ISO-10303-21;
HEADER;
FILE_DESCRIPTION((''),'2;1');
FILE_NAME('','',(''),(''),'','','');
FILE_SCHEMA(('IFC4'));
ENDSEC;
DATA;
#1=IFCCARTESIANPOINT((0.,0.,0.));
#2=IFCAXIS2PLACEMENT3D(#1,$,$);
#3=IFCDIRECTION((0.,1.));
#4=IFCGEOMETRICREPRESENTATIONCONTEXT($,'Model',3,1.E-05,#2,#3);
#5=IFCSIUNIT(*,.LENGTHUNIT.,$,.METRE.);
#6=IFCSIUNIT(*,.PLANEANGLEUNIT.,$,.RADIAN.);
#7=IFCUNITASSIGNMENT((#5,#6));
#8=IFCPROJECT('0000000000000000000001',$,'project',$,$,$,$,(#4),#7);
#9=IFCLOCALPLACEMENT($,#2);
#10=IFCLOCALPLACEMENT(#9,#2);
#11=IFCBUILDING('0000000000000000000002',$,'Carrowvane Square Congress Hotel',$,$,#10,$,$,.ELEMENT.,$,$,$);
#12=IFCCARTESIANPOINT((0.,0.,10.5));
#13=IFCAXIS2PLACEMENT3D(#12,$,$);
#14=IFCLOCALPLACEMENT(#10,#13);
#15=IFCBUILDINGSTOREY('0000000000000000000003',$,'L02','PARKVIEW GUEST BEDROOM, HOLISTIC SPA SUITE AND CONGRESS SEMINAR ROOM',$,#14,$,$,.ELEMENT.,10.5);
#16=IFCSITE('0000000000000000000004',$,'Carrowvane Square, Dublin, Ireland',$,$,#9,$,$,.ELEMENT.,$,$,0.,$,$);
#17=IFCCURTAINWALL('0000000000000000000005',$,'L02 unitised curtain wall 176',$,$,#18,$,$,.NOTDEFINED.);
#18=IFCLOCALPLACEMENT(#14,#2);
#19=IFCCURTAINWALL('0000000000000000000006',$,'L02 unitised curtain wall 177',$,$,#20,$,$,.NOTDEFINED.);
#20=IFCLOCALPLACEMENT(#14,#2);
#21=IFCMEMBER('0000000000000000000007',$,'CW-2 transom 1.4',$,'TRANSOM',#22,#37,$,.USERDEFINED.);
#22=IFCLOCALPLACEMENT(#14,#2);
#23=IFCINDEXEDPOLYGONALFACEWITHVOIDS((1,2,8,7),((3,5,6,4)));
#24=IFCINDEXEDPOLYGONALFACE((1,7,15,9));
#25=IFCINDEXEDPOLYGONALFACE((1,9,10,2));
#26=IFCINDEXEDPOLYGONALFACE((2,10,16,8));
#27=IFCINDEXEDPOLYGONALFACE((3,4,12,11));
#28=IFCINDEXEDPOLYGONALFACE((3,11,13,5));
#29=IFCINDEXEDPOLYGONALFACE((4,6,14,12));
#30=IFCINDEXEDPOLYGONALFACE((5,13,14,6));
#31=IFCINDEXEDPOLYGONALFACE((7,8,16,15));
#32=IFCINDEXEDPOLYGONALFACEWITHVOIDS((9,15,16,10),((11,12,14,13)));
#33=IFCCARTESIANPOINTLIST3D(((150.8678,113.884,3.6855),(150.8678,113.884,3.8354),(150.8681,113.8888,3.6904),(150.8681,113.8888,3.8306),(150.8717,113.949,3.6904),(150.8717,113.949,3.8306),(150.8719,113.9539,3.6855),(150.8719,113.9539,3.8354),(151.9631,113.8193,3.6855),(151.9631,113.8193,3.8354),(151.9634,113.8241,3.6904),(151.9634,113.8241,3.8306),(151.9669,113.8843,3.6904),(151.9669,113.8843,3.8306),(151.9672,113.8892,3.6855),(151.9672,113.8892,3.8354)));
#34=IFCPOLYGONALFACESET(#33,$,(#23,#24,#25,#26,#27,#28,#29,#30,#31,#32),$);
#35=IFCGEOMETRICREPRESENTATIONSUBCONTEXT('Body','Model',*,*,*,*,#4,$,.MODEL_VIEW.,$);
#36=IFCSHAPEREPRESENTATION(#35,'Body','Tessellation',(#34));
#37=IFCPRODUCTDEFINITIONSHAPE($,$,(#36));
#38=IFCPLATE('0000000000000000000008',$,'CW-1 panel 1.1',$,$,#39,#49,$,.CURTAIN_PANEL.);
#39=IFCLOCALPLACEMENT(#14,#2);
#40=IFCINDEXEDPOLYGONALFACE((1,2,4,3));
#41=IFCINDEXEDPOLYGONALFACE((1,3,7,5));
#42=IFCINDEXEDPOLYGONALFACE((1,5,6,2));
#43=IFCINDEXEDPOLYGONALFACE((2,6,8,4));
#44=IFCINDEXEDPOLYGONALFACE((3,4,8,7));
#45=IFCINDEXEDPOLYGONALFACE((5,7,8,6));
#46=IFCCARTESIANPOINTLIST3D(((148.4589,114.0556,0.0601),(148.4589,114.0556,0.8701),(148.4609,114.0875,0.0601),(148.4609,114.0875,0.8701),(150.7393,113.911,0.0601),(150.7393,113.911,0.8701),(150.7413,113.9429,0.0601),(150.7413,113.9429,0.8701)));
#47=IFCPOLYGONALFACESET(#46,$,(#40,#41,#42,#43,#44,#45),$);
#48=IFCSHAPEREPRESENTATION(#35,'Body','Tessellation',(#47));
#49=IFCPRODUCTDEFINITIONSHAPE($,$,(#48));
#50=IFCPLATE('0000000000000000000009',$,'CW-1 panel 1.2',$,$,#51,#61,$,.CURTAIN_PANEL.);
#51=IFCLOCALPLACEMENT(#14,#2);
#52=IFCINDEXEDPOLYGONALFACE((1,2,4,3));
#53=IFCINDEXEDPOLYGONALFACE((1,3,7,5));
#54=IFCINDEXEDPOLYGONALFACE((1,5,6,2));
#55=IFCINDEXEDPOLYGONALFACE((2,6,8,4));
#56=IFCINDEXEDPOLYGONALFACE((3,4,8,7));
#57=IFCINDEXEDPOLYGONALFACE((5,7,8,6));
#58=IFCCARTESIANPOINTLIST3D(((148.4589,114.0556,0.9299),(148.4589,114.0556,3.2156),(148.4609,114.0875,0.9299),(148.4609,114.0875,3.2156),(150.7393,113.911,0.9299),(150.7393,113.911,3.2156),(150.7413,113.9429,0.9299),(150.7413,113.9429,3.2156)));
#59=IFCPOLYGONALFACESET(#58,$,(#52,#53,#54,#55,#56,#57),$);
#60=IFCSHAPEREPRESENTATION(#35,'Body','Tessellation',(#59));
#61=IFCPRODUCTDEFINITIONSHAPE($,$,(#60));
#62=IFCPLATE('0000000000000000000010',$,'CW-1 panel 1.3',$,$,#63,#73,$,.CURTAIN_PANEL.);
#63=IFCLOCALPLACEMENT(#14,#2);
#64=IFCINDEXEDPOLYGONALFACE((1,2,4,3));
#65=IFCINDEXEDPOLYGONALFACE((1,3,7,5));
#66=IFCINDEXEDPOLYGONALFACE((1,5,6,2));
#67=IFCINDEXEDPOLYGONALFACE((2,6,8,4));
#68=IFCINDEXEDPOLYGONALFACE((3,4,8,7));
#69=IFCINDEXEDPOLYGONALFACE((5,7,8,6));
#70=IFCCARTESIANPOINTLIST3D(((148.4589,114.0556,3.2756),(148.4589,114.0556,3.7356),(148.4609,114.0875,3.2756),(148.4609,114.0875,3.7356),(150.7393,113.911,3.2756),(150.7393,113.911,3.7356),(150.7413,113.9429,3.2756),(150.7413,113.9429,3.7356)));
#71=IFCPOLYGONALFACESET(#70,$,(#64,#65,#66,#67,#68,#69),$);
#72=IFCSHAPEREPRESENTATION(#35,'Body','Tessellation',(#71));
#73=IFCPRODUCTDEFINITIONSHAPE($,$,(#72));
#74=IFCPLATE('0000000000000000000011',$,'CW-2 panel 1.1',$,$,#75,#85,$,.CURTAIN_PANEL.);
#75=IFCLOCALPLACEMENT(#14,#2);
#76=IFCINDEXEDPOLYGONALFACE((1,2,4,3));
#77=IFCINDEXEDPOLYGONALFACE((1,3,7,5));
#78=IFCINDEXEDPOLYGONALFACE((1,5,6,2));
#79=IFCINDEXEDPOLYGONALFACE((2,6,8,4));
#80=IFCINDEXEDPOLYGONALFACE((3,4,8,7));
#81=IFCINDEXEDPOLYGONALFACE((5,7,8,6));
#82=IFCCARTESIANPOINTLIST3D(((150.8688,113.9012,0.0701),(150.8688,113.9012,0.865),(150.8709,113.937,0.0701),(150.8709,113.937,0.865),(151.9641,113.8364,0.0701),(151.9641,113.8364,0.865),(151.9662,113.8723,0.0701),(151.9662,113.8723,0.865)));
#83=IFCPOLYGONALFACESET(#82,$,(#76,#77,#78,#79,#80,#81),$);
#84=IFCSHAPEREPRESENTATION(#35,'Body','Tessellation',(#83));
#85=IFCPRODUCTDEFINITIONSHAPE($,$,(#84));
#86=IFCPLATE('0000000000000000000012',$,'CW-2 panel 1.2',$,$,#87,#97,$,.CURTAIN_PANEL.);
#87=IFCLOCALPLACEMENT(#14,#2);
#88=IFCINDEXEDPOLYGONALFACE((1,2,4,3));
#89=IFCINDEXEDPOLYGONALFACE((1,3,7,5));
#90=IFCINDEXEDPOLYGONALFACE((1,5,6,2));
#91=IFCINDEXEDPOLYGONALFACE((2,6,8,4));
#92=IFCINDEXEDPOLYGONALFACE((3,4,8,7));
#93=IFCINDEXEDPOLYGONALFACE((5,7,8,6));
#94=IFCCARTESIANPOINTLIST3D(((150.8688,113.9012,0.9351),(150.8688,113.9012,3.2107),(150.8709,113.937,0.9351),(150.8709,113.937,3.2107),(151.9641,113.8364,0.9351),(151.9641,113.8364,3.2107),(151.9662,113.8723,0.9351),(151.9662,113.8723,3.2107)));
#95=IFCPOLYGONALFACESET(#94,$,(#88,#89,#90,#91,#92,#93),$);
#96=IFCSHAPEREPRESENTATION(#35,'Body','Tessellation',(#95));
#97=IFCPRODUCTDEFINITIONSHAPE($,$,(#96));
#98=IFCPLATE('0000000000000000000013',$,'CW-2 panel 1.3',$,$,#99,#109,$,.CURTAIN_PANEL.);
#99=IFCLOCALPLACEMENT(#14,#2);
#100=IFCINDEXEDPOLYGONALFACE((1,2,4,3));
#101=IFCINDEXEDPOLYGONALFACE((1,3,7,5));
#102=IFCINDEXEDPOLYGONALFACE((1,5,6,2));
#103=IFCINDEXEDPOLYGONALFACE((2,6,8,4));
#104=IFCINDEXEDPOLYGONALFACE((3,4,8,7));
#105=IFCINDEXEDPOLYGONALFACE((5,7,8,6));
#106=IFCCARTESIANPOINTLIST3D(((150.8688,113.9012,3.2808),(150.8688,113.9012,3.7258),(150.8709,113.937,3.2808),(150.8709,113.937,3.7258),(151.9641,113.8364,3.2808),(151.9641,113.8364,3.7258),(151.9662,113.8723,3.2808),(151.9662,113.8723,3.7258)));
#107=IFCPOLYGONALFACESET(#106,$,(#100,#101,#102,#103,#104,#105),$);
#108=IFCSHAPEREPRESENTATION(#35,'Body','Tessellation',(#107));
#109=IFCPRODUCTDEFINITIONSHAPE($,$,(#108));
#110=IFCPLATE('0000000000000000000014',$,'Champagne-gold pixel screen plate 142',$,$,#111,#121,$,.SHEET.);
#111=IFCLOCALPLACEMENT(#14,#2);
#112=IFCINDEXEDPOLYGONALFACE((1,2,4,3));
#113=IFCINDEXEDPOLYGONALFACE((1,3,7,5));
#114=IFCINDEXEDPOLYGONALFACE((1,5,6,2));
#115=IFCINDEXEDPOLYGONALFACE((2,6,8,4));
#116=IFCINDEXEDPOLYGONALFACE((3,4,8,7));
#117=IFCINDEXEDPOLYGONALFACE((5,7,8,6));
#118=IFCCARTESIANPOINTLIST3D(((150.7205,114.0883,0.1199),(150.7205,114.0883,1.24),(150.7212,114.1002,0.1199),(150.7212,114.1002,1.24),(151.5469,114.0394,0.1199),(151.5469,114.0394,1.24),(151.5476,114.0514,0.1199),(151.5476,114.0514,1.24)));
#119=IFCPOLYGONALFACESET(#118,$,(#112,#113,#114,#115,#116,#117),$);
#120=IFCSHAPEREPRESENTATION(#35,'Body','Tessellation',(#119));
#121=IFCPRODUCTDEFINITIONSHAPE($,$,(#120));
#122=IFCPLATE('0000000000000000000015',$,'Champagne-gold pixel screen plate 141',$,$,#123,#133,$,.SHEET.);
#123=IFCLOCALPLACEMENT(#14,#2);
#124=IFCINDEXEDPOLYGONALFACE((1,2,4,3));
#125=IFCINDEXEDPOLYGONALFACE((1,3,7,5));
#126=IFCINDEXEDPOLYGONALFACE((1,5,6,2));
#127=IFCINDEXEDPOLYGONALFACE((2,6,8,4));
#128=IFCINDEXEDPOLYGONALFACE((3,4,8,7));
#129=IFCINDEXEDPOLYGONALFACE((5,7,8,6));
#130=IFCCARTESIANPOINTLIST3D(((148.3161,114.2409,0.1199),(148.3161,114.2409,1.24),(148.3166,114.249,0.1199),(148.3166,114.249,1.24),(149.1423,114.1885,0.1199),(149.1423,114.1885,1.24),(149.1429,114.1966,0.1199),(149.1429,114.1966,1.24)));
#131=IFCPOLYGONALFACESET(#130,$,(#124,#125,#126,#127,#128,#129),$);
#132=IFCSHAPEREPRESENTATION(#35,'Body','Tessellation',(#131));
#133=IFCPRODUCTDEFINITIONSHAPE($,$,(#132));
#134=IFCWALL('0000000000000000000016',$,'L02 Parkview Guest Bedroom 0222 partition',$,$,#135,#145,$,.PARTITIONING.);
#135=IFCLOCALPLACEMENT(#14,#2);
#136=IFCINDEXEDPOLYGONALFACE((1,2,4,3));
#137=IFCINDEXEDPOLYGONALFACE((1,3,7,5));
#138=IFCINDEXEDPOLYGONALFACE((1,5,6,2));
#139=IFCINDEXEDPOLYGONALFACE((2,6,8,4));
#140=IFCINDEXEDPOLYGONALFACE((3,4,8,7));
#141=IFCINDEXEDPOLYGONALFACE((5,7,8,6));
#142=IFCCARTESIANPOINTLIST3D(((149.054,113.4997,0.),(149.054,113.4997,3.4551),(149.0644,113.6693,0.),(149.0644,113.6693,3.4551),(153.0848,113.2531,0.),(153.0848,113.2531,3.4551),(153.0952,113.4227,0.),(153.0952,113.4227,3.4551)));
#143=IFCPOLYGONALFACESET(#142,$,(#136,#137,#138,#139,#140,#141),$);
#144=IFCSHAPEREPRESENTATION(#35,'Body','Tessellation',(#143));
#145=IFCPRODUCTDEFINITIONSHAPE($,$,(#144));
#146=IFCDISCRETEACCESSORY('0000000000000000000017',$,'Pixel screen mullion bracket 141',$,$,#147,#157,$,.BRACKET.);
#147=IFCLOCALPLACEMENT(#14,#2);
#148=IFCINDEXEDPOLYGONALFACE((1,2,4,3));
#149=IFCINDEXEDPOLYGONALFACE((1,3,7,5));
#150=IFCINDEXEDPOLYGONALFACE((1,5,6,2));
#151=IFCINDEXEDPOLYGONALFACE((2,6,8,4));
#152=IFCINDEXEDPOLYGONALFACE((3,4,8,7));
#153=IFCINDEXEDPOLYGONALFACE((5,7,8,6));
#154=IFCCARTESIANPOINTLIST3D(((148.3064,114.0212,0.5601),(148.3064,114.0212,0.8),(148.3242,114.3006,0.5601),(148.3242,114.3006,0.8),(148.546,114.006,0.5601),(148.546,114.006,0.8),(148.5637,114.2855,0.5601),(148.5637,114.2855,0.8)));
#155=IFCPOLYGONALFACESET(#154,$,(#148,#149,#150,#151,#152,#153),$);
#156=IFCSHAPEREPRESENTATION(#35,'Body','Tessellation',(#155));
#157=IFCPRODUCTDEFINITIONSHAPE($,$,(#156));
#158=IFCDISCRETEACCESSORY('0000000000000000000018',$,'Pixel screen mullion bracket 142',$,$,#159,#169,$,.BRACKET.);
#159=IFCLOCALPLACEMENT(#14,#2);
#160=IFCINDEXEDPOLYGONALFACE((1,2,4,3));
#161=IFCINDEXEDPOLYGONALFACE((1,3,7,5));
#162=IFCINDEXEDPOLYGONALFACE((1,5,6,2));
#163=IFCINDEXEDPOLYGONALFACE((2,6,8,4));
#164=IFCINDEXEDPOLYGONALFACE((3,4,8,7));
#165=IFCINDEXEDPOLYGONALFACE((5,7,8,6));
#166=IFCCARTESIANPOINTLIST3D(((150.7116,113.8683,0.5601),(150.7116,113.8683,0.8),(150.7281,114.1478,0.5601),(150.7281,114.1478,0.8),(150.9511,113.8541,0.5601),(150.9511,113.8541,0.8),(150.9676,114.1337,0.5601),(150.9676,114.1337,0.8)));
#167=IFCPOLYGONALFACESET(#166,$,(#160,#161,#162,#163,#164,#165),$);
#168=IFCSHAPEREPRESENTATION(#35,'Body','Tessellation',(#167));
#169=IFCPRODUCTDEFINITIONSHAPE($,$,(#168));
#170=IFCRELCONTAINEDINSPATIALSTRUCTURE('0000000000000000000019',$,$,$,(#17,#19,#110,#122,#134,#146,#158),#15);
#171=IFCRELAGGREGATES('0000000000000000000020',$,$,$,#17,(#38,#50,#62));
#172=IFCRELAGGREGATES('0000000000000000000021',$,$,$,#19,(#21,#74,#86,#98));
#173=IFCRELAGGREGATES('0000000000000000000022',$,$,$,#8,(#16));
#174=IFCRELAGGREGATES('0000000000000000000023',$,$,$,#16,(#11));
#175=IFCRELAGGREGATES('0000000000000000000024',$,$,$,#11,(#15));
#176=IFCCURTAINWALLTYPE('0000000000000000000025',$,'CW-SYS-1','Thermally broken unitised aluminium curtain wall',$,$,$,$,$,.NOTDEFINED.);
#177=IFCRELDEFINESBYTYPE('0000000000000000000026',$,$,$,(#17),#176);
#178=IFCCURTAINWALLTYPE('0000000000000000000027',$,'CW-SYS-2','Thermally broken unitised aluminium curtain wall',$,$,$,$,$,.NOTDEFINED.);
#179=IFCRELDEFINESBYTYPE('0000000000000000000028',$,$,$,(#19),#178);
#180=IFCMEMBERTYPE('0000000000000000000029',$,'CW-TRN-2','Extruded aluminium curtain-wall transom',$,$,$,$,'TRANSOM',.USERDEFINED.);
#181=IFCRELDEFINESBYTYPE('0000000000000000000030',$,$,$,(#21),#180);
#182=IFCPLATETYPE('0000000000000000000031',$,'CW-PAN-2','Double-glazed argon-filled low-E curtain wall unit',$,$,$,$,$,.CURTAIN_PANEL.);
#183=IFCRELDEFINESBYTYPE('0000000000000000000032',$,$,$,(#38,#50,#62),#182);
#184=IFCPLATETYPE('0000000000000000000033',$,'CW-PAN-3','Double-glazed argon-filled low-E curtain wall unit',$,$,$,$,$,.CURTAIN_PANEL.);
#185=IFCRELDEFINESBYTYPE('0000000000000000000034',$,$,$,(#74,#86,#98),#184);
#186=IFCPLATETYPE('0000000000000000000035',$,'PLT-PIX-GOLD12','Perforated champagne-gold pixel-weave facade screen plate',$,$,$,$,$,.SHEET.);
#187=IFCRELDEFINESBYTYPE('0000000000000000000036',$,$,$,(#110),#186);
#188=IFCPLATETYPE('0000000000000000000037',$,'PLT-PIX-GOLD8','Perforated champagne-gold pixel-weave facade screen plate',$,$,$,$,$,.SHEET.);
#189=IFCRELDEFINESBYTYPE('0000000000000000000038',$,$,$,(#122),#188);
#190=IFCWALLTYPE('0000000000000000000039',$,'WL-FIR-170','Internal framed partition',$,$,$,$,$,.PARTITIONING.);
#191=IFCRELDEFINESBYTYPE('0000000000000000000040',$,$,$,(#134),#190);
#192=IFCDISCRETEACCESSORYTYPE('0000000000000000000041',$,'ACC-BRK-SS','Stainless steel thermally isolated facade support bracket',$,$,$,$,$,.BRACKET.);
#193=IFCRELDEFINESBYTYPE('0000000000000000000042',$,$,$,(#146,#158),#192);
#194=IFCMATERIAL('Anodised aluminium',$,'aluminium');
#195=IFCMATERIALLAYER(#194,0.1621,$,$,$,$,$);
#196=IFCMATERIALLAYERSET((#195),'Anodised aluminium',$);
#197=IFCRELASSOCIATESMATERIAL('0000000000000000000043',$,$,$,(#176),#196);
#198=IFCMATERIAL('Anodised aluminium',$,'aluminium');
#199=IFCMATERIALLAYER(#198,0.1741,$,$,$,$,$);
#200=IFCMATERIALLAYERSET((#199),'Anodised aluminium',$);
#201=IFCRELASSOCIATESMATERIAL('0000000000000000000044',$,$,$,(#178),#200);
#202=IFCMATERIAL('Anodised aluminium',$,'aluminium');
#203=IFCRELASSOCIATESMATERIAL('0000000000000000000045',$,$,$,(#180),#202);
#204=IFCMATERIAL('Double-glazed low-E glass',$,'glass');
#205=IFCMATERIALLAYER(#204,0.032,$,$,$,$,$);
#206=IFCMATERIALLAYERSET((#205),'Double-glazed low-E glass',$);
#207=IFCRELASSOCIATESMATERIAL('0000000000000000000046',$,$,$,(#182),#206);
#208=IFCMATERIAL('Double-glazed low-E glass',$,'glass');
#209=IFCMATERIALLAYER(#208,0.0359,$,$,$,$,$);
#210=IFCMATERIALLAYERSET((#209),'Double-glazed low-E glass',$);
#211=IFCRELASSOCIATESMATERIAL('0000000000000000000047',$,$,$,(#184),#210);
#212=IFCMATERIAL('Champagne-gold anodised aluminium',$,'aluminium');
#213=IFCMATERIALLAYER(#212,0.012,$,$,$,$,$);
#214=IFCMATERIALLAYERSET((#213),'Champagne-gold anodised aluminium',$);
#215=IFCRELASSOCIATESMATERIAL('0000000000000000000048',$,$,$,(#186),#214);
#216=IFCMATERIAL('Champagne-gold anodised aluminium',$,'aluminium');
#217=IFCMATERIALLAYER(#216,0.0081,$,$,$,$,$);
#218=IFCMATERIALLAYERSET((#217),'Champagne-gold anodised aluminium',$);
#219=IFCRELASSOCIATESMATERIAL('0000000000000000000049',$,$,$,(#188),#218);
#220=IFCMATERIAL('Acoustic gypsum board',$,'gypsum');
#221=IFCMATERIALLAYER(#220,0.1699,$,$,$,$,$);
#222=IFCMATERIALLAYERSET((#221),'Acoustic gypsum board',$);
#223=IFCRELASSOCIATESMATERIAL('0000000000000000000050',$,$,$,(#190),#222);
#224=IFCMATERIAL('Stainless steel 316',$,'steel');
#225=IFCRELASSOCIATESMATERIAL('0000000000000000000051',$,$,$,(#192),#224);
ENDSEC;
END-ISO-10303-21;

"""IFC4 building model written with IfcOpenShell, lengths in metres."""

from ifc_helpers import new_model, si_unit, direction, frame, frame_2d, origin, origin_2d, place, context, subcontext, project, spatial, rectangle, hollow_rectangle, extrude, material, layer, layer_set, material_profile, profile_set, type_object, element, aggregate, save


model = new_model("IFC4")

# Units and contexts
model_context = context("Model", 3, precision=1e-05, world=origin(), true_north=direction((0.0, 1.0)))
body_context = subcontext(model_context, "Body", "Model", "MODEL_VIEW")
ifc_project = project(units=[si_unit("LENGTHUNIT", "METRE"), si_unit("PLANEANGLEUNIT", "RADIAN")], contexts=[model_context])

# Site, building, storey
site_placement = place(None, origin())
site = spatial("IfcSite", under=ifc_project, at=site_placement, Name="Carrowvane Square, Dublin, Ireland", CompositionType="ELEMENT", RefElevation=0.0)
building_placement = place(site_placement, origin())
building = spatial("IfcBuilding", under=site, at=building_placement, Name="Carrowvane Square Congress Hotel", CompositionType="ELEMENT")
storey_placement = place(building_placement, frame((0.0, 0.0, 10.5)))
storey = spatial("IfcBuildingStorey", under=building, at=storey_placement, Name="L02", Description="PARKVIEW GUEST BEDROOM, HOLISTIC SPA SUITE AND CONGRESS SEMINAR ROOM", CompositionType="ELEMENT", Elevation=10.5)

# Curtain wall
ifc_material_1 = material(Name="Anodised aluminium", Category="aluminium")
ifc_layer_1 = layer(ifc_material_1, 0.1621)
ifc_layer_set_1 = layer_set([ifc_layer_1], Name="Anodised aluminium")
curtain_wall_type_1 = type_object("IfcCurtainWallType", Name="CW-SYS-1", Description="Thermally broken unitised aluminium curtain wall", PredefinedType="NOTDEFINED", material=ifc_layer_set_1)
curtain_wall_1_placement = place(storey_placement, origin())
curtain_wall_1 = element("IfcCurtainWall", 1, at=curtain_wall_1_placement, inside=storey, type_object=curtain_wall_type_1, Name="L02 unitised curtain wall 176", PredefinedType="NOTDEFINED")

# Curtain wall
ifc_material_2 = material(Name="Anodised aluminium", Category="aluminium")
ifc_layer_2 = layer(ifc_material_2, 0.1741)
ifc_layer_set_2 = layer_set([ifc_layer_2], Name="Anodised aluminium")
curtain_wall_type_2 = type_object("IfcCurtainWallType", Name="CW-SYS-2", Description="Thermally broken unitised aluminium curtain wall", PredefinedType="NOTDEFINED", material=ifc_layer_set_2)
curtain_wall_2_placement = place(storey_placement, origin())
curtain_wall_2 = element("IfcCurtainWall", 2, at=curtain_wall_2_placement, inside=storey, type_object=curtain_wall_type_2, Name="L02 unitised curtain wall 177", PredefinedType="NOTDEFINED")

# Member
ifc_material_3 = material(Name="Anodised aluminium", Category="aluminium")
ifc_material_profile_1 = material_profile(ifc_material_3, hollow_rectangle(XDim=0.0701, YDim=0.1499, WallThickness=0.0049, at=origin_2d()), Name="CW-TR 70x150x5")
ifc_profile_set_1 = profile_set([ifc_material_profile_1], Name="Anodised aluminium")
member_type_1 = type_object("IfcMemberType", Name="CW-TRN-2", Description="Extruded aluminium curtain-wall transom", ElementType="TRANSOM", PredefinedType="USERDEFINED", material=ifc_profile_set_1)
member_1_placement = place(storey_placement, frame((150.8699, 113.9189, 3.7605), z_axis=(0.99826, -0.05897, 0.0), x_axis=(0.05897, 0.99826, 0.0)))
member_1 = element("IfcMember", 3, at=member_1_placement, type_object=member_type_1, Name="CW-2 transom 1.4", ObjectType="TRANSOM", PredefinedType="USERDEFINED", context=body_context, shape_type="SweptSolid", body=[
    extrude(hollow_rectangle(XDim=0.0701, YDim=0.1499, WallThickness=0.0049, at=origin_2d()), origin(), (0.0, 0.0, 1.0), 1.0972),
])

# Plates
ifc_material_4 = material(Name="Double-glazed low-E glass", Category="glass")
ifc_layer_3 = layer(ifc_material_4, 0.032)
ifc_layer_set_3 = layer_set([ifc_layer_3], Name="Double-glazed low-E glass")
plate_type_1 = type_object("IfcPlateType", Name="CW-PAN-2", Description="Double-glazed argon-filled low-E curtain wall unit", PredefinedType="CURTAIN_PANEL", material=ifc_layer_set_3)
plate_1_placement = place(storey_placement, frame((149.6001, 113.9993, 0.0601), z_axis=(0.0, 0.0, 1.0), x_axis=(0.997996, -0.063273, 0.0)))
plate_1 = element("IfcPlate", 4, at=plate_1_placement, type_object=plate_type_1, Name="CW-1 panel 1.1", PredefinedType="CURTAIN_PANEL", context=body_context, shape_type="SweptSolid", body=[
    extrude(rectangle(XDim=2.2849, YDim=0.032, at=origin_2d()), origin(), (0.0, 0.0, 1.0), 0.8101),
])
plate_2_placement = place(storey_placement, frame((149.6001, 113.9993, 0.9299), z_axis=(0.0, 0.0, 1.0), x_axis=(0.997996, -0.063273, 0.0)))
plate_2 = element("IfcPlate", 5, at=plate_2_placement, type_object=plate_type_1, Name="CW-1 panel 1.2", PredefinedType="CURTAIN_PANEL", context=body_context, shape_type="SweptSolid", body=[
    extrude(rectangle(XDim=2.2849, YDim=0.032, at=origin_2d()), origin(), (0.0, 0.0, 1.0), 2.2856),
])
plate_3_placement = place(storey_placement, frame((149.6001, 113.9993, 3.2756), z_axis=(0.0, 0.0, 1.0), x_axis=(0.997996, -0.063273, 0.0)))
plate_3 = element("IfcPlate", 6, at=plate_3_placement, type_object=plate_type_1, Name="CW-1 panel 1.3", PredefinedType="CURTAIN_PANEL", context=body_context, shape_type="SweptSolid", body=[
    extrude(rectangle(XDim=2.2849, YDim=0.032, at=origin_2d()), origin(), (0.0, 0.0, 1.0), 0.46),
])
aggregate(curtain_wall_1, [plate_1, plate_2, plate_3])
ifc_material_5 = material(Name="Double-glazed low-E glass", Category="glass")
ifc_layer_4 = layer(ifc_material_5, 0.0359)
ifc_layer_set_4 = layer_set([ifc_layer_4], Name="Double-glazed low-E glass")
plate_type_2 = type_object("IfcPlateType", Name="CW-PAN-3", Description="Double-glazed argon-filled low-E curtain wall unit", PredefinedType="CURTAIN_PANEL", material=ifc_layer_set_4)
plate_4_placement = place(storey_placement, frame((151.4175, 113.8867, 0.0701), z_axis=(0.0, 0.0, 1.0), x_axis=(0.998259, -0.058989, 0.0)))
plate_4 = element("IfcPlate", 7, at=plate_4_placement, type_object=plate_type_2, Name="CW-2 panel 1.1", PredefinedType="CURTAIN_PANEL", context=body_context, shape_type="SweptSolid", body=[
    extrude(rectangle(XDim=1.0972, YDim=0.0359, at=origin_2d()), origin(), (0.0, 0.0, 1.0), 0.7949),
])
plate_5_placement = place(storey_placement, frame((151.4175, 113.8867, 0.9351), z_axis=(0.0, 0.0, 1.0), x_axis=(0.998259, -0.058989, 0.0)))
plate_5 = element("IfcPlate", 8, at=plate_5_placement, type_object=plate_type_2, Name="CW-2 panel 1.2", PredefinedType="CURTAIN_PANEL", context=body_context, shape_type="SweptSolid", body=[
    extrude(rectangle(XDim=1.0972, YDim=0.0359, at=origin_2d()), origin(), (0.0, 0.0, 1.0), 2.2756),
])
plate_6_placement = place(storey_placement, frame((151.4175, 113.8867, 3.2808), z_axis=(0.0, 0.0, 1.0), x_axis=(0.998259, -0.058989, 0.0)))
plate_6 = element("IfcPlate", 9, at=plate_6_placement, type_object=plate_type_2, Name="CW-2 panel 1.3", PredefinedType="CURTAIN_PANEL", context=body_context, shape_type="SweptSolid", body=[
    extrude(rectangle(XDim=1.0972, YDim=0.0359, at=origin_2d()), origin(), (0.0, 0.0, 1.0), 0.4451),
])
aggregate(curtain_wall_2, [member_1, plate_4, plate_5, plate_6])

# Plates
ifc_material_6 = material(Name="Champagne-gold anodised aluminium", Category="aluminium")
ifc_layer_5 = layer(ifc_material_6, 0.012)
ifc_layer_set_5 = layer_set([ifc_layer_5], Name="Champagne-gold anodised aluminium")
plate_type_3 = type_object("IfcPlateType", Name="PLT-PIX-GOLD12", Description="Perforated champagne-gold pixel-weave facade screen plate", PredefinedType="SHEET", material=ifc_layer_set_5)
plate_7_placement = place(storey_placement, frame((151.134, 114.0698, 0.1199), z_axis=(0.0, 0.0, 1.0), x_axis=(0.998259, -0.058985, 0.0)))
element("IfcPlate", 10, at=plate_7_placement, inside=storey, type_object=plate_type_3, Name="Champagne-gold pixel screen plate 142", PredefinedType="SHEET", context=body_context, shape_type="SweptSolid", body=[
    extrude(rectangle(XDim=0.8279, YDim=0.012, at=origin_2d()), origin(), (0.0, 0.0, 1.0), 1.1201),
])
ifc_material_7 = material(Name="Champagne-gold anodised aluminium", Category="aluminium")
ifc_layer_6 = layer(ifc_material_7, 0.0081)
ifc_layer_set_6 = layer_set([ifc_layer_6], Name="Champagne-gold anodised aluminium")
plate_type_4 = type_object("IfcPlateType", Name="PLT-PIX-GOLD8", Description="Perforated champagne-gold pixel-weave facade screen plate", PredefinedType="SHEET", material=ifc_layer_set_6)
plate_8_placement = place(storey_placement, frame((148.7295, 114.2188, 0.1199), z_axis=(0.0, 0.0, 1.0), x_axis=(0.997996, -0.063277, 0.0)))
element("IfcPlate", 11, at=plate_8_placement, inside=storey, type_object=plate_type_4, Name="Champagne-gold pixel screen plate 141", PredefinedType="SHEET", context=body_context, shape_type="SweptSolid", body=[
    extrude(rectangle(XDim=0.8279, YDim=0.0081, at=origin_2d()), origin(), (0.0, 0.0, 1.0), 1.1201),
])

# Wall
ifc_material_8 = material(Name="Acoustic gypsum board", Category="gypsum")
ifc_layer_7 = layer(ifc_material_8, 0.1699)
ifc_layer_set_7 = layer_set([ifc_layer_7], Name="Acoustic gypsum board")
wall_type = type_object("IfcWallType", Name="WL-FIR-170", Description="Internal framed partition", PredefinedType="PARTITIONING", material=ifc_layer_set_7)
wall_placement = place(storey_placement, frame((149.0593, 113.5845, 0.0), z_axis=(0.0, 0.0, 1.0), x_axis=(0.998134, -0.061061, 0.0)))
element("IfcWall", 12, at=wall_placement, inside=storey, type_object=wall_type, Name="L02 Parkview Guest Bedroom 0222 partition", PredefinedType="PARTITIONING", context=body_context, shape_type="SweptSolid", body=[
    extrude(rectangle(XDim=4.0383, YDim=0.1699, at=frame_2d((2.019, 0.0))), origin(), (0.0, 0.0, 1.0), 3.4551),
])

# Discrete accessories
ifc_material_9 = material(Name="Stainless steel 316", Category="steel")
discrete_accessory_type = type_object("IfcDiscreteAccessoryType", Name="ACC-BRK-SS", Description="Stainless steel thermally isolated facade support bracket", PredefinedType="BRACKET", material=ifc_material_9)
for number, where, z_axis, x_axis, name in (
    (13, (148.4351, 114.1533, 0.5601), (0.0, 0.0, 1.0), (0.997996, -0.063277, 0.0), "Pixel screen mullion bracket 141"),
    (14, (150.8396, 114.001, 0.5601), (0.0, 0.0, 1.0), (0.998259, -0.058985, 0.0), "Pixel screen mullion bracket 142"),
):
    element("IfcDiscreteAccessory", number, at=place(storey_placement, frame(where, z_axis=z_axis, x_axis=x_axis)), inside=storey, type_object=discrete_accessory_type, Name=name, PredefinedType="BRACKET", context=body_context, shape_type="SweptSolid", body=[
        extrude(rectangle(XDim=0.24, YDim=0.28, at=origin_2d()), origin(), (0.0, 0.0, 1.0), 0.24),
    ])

save(model, "model.ifc")
